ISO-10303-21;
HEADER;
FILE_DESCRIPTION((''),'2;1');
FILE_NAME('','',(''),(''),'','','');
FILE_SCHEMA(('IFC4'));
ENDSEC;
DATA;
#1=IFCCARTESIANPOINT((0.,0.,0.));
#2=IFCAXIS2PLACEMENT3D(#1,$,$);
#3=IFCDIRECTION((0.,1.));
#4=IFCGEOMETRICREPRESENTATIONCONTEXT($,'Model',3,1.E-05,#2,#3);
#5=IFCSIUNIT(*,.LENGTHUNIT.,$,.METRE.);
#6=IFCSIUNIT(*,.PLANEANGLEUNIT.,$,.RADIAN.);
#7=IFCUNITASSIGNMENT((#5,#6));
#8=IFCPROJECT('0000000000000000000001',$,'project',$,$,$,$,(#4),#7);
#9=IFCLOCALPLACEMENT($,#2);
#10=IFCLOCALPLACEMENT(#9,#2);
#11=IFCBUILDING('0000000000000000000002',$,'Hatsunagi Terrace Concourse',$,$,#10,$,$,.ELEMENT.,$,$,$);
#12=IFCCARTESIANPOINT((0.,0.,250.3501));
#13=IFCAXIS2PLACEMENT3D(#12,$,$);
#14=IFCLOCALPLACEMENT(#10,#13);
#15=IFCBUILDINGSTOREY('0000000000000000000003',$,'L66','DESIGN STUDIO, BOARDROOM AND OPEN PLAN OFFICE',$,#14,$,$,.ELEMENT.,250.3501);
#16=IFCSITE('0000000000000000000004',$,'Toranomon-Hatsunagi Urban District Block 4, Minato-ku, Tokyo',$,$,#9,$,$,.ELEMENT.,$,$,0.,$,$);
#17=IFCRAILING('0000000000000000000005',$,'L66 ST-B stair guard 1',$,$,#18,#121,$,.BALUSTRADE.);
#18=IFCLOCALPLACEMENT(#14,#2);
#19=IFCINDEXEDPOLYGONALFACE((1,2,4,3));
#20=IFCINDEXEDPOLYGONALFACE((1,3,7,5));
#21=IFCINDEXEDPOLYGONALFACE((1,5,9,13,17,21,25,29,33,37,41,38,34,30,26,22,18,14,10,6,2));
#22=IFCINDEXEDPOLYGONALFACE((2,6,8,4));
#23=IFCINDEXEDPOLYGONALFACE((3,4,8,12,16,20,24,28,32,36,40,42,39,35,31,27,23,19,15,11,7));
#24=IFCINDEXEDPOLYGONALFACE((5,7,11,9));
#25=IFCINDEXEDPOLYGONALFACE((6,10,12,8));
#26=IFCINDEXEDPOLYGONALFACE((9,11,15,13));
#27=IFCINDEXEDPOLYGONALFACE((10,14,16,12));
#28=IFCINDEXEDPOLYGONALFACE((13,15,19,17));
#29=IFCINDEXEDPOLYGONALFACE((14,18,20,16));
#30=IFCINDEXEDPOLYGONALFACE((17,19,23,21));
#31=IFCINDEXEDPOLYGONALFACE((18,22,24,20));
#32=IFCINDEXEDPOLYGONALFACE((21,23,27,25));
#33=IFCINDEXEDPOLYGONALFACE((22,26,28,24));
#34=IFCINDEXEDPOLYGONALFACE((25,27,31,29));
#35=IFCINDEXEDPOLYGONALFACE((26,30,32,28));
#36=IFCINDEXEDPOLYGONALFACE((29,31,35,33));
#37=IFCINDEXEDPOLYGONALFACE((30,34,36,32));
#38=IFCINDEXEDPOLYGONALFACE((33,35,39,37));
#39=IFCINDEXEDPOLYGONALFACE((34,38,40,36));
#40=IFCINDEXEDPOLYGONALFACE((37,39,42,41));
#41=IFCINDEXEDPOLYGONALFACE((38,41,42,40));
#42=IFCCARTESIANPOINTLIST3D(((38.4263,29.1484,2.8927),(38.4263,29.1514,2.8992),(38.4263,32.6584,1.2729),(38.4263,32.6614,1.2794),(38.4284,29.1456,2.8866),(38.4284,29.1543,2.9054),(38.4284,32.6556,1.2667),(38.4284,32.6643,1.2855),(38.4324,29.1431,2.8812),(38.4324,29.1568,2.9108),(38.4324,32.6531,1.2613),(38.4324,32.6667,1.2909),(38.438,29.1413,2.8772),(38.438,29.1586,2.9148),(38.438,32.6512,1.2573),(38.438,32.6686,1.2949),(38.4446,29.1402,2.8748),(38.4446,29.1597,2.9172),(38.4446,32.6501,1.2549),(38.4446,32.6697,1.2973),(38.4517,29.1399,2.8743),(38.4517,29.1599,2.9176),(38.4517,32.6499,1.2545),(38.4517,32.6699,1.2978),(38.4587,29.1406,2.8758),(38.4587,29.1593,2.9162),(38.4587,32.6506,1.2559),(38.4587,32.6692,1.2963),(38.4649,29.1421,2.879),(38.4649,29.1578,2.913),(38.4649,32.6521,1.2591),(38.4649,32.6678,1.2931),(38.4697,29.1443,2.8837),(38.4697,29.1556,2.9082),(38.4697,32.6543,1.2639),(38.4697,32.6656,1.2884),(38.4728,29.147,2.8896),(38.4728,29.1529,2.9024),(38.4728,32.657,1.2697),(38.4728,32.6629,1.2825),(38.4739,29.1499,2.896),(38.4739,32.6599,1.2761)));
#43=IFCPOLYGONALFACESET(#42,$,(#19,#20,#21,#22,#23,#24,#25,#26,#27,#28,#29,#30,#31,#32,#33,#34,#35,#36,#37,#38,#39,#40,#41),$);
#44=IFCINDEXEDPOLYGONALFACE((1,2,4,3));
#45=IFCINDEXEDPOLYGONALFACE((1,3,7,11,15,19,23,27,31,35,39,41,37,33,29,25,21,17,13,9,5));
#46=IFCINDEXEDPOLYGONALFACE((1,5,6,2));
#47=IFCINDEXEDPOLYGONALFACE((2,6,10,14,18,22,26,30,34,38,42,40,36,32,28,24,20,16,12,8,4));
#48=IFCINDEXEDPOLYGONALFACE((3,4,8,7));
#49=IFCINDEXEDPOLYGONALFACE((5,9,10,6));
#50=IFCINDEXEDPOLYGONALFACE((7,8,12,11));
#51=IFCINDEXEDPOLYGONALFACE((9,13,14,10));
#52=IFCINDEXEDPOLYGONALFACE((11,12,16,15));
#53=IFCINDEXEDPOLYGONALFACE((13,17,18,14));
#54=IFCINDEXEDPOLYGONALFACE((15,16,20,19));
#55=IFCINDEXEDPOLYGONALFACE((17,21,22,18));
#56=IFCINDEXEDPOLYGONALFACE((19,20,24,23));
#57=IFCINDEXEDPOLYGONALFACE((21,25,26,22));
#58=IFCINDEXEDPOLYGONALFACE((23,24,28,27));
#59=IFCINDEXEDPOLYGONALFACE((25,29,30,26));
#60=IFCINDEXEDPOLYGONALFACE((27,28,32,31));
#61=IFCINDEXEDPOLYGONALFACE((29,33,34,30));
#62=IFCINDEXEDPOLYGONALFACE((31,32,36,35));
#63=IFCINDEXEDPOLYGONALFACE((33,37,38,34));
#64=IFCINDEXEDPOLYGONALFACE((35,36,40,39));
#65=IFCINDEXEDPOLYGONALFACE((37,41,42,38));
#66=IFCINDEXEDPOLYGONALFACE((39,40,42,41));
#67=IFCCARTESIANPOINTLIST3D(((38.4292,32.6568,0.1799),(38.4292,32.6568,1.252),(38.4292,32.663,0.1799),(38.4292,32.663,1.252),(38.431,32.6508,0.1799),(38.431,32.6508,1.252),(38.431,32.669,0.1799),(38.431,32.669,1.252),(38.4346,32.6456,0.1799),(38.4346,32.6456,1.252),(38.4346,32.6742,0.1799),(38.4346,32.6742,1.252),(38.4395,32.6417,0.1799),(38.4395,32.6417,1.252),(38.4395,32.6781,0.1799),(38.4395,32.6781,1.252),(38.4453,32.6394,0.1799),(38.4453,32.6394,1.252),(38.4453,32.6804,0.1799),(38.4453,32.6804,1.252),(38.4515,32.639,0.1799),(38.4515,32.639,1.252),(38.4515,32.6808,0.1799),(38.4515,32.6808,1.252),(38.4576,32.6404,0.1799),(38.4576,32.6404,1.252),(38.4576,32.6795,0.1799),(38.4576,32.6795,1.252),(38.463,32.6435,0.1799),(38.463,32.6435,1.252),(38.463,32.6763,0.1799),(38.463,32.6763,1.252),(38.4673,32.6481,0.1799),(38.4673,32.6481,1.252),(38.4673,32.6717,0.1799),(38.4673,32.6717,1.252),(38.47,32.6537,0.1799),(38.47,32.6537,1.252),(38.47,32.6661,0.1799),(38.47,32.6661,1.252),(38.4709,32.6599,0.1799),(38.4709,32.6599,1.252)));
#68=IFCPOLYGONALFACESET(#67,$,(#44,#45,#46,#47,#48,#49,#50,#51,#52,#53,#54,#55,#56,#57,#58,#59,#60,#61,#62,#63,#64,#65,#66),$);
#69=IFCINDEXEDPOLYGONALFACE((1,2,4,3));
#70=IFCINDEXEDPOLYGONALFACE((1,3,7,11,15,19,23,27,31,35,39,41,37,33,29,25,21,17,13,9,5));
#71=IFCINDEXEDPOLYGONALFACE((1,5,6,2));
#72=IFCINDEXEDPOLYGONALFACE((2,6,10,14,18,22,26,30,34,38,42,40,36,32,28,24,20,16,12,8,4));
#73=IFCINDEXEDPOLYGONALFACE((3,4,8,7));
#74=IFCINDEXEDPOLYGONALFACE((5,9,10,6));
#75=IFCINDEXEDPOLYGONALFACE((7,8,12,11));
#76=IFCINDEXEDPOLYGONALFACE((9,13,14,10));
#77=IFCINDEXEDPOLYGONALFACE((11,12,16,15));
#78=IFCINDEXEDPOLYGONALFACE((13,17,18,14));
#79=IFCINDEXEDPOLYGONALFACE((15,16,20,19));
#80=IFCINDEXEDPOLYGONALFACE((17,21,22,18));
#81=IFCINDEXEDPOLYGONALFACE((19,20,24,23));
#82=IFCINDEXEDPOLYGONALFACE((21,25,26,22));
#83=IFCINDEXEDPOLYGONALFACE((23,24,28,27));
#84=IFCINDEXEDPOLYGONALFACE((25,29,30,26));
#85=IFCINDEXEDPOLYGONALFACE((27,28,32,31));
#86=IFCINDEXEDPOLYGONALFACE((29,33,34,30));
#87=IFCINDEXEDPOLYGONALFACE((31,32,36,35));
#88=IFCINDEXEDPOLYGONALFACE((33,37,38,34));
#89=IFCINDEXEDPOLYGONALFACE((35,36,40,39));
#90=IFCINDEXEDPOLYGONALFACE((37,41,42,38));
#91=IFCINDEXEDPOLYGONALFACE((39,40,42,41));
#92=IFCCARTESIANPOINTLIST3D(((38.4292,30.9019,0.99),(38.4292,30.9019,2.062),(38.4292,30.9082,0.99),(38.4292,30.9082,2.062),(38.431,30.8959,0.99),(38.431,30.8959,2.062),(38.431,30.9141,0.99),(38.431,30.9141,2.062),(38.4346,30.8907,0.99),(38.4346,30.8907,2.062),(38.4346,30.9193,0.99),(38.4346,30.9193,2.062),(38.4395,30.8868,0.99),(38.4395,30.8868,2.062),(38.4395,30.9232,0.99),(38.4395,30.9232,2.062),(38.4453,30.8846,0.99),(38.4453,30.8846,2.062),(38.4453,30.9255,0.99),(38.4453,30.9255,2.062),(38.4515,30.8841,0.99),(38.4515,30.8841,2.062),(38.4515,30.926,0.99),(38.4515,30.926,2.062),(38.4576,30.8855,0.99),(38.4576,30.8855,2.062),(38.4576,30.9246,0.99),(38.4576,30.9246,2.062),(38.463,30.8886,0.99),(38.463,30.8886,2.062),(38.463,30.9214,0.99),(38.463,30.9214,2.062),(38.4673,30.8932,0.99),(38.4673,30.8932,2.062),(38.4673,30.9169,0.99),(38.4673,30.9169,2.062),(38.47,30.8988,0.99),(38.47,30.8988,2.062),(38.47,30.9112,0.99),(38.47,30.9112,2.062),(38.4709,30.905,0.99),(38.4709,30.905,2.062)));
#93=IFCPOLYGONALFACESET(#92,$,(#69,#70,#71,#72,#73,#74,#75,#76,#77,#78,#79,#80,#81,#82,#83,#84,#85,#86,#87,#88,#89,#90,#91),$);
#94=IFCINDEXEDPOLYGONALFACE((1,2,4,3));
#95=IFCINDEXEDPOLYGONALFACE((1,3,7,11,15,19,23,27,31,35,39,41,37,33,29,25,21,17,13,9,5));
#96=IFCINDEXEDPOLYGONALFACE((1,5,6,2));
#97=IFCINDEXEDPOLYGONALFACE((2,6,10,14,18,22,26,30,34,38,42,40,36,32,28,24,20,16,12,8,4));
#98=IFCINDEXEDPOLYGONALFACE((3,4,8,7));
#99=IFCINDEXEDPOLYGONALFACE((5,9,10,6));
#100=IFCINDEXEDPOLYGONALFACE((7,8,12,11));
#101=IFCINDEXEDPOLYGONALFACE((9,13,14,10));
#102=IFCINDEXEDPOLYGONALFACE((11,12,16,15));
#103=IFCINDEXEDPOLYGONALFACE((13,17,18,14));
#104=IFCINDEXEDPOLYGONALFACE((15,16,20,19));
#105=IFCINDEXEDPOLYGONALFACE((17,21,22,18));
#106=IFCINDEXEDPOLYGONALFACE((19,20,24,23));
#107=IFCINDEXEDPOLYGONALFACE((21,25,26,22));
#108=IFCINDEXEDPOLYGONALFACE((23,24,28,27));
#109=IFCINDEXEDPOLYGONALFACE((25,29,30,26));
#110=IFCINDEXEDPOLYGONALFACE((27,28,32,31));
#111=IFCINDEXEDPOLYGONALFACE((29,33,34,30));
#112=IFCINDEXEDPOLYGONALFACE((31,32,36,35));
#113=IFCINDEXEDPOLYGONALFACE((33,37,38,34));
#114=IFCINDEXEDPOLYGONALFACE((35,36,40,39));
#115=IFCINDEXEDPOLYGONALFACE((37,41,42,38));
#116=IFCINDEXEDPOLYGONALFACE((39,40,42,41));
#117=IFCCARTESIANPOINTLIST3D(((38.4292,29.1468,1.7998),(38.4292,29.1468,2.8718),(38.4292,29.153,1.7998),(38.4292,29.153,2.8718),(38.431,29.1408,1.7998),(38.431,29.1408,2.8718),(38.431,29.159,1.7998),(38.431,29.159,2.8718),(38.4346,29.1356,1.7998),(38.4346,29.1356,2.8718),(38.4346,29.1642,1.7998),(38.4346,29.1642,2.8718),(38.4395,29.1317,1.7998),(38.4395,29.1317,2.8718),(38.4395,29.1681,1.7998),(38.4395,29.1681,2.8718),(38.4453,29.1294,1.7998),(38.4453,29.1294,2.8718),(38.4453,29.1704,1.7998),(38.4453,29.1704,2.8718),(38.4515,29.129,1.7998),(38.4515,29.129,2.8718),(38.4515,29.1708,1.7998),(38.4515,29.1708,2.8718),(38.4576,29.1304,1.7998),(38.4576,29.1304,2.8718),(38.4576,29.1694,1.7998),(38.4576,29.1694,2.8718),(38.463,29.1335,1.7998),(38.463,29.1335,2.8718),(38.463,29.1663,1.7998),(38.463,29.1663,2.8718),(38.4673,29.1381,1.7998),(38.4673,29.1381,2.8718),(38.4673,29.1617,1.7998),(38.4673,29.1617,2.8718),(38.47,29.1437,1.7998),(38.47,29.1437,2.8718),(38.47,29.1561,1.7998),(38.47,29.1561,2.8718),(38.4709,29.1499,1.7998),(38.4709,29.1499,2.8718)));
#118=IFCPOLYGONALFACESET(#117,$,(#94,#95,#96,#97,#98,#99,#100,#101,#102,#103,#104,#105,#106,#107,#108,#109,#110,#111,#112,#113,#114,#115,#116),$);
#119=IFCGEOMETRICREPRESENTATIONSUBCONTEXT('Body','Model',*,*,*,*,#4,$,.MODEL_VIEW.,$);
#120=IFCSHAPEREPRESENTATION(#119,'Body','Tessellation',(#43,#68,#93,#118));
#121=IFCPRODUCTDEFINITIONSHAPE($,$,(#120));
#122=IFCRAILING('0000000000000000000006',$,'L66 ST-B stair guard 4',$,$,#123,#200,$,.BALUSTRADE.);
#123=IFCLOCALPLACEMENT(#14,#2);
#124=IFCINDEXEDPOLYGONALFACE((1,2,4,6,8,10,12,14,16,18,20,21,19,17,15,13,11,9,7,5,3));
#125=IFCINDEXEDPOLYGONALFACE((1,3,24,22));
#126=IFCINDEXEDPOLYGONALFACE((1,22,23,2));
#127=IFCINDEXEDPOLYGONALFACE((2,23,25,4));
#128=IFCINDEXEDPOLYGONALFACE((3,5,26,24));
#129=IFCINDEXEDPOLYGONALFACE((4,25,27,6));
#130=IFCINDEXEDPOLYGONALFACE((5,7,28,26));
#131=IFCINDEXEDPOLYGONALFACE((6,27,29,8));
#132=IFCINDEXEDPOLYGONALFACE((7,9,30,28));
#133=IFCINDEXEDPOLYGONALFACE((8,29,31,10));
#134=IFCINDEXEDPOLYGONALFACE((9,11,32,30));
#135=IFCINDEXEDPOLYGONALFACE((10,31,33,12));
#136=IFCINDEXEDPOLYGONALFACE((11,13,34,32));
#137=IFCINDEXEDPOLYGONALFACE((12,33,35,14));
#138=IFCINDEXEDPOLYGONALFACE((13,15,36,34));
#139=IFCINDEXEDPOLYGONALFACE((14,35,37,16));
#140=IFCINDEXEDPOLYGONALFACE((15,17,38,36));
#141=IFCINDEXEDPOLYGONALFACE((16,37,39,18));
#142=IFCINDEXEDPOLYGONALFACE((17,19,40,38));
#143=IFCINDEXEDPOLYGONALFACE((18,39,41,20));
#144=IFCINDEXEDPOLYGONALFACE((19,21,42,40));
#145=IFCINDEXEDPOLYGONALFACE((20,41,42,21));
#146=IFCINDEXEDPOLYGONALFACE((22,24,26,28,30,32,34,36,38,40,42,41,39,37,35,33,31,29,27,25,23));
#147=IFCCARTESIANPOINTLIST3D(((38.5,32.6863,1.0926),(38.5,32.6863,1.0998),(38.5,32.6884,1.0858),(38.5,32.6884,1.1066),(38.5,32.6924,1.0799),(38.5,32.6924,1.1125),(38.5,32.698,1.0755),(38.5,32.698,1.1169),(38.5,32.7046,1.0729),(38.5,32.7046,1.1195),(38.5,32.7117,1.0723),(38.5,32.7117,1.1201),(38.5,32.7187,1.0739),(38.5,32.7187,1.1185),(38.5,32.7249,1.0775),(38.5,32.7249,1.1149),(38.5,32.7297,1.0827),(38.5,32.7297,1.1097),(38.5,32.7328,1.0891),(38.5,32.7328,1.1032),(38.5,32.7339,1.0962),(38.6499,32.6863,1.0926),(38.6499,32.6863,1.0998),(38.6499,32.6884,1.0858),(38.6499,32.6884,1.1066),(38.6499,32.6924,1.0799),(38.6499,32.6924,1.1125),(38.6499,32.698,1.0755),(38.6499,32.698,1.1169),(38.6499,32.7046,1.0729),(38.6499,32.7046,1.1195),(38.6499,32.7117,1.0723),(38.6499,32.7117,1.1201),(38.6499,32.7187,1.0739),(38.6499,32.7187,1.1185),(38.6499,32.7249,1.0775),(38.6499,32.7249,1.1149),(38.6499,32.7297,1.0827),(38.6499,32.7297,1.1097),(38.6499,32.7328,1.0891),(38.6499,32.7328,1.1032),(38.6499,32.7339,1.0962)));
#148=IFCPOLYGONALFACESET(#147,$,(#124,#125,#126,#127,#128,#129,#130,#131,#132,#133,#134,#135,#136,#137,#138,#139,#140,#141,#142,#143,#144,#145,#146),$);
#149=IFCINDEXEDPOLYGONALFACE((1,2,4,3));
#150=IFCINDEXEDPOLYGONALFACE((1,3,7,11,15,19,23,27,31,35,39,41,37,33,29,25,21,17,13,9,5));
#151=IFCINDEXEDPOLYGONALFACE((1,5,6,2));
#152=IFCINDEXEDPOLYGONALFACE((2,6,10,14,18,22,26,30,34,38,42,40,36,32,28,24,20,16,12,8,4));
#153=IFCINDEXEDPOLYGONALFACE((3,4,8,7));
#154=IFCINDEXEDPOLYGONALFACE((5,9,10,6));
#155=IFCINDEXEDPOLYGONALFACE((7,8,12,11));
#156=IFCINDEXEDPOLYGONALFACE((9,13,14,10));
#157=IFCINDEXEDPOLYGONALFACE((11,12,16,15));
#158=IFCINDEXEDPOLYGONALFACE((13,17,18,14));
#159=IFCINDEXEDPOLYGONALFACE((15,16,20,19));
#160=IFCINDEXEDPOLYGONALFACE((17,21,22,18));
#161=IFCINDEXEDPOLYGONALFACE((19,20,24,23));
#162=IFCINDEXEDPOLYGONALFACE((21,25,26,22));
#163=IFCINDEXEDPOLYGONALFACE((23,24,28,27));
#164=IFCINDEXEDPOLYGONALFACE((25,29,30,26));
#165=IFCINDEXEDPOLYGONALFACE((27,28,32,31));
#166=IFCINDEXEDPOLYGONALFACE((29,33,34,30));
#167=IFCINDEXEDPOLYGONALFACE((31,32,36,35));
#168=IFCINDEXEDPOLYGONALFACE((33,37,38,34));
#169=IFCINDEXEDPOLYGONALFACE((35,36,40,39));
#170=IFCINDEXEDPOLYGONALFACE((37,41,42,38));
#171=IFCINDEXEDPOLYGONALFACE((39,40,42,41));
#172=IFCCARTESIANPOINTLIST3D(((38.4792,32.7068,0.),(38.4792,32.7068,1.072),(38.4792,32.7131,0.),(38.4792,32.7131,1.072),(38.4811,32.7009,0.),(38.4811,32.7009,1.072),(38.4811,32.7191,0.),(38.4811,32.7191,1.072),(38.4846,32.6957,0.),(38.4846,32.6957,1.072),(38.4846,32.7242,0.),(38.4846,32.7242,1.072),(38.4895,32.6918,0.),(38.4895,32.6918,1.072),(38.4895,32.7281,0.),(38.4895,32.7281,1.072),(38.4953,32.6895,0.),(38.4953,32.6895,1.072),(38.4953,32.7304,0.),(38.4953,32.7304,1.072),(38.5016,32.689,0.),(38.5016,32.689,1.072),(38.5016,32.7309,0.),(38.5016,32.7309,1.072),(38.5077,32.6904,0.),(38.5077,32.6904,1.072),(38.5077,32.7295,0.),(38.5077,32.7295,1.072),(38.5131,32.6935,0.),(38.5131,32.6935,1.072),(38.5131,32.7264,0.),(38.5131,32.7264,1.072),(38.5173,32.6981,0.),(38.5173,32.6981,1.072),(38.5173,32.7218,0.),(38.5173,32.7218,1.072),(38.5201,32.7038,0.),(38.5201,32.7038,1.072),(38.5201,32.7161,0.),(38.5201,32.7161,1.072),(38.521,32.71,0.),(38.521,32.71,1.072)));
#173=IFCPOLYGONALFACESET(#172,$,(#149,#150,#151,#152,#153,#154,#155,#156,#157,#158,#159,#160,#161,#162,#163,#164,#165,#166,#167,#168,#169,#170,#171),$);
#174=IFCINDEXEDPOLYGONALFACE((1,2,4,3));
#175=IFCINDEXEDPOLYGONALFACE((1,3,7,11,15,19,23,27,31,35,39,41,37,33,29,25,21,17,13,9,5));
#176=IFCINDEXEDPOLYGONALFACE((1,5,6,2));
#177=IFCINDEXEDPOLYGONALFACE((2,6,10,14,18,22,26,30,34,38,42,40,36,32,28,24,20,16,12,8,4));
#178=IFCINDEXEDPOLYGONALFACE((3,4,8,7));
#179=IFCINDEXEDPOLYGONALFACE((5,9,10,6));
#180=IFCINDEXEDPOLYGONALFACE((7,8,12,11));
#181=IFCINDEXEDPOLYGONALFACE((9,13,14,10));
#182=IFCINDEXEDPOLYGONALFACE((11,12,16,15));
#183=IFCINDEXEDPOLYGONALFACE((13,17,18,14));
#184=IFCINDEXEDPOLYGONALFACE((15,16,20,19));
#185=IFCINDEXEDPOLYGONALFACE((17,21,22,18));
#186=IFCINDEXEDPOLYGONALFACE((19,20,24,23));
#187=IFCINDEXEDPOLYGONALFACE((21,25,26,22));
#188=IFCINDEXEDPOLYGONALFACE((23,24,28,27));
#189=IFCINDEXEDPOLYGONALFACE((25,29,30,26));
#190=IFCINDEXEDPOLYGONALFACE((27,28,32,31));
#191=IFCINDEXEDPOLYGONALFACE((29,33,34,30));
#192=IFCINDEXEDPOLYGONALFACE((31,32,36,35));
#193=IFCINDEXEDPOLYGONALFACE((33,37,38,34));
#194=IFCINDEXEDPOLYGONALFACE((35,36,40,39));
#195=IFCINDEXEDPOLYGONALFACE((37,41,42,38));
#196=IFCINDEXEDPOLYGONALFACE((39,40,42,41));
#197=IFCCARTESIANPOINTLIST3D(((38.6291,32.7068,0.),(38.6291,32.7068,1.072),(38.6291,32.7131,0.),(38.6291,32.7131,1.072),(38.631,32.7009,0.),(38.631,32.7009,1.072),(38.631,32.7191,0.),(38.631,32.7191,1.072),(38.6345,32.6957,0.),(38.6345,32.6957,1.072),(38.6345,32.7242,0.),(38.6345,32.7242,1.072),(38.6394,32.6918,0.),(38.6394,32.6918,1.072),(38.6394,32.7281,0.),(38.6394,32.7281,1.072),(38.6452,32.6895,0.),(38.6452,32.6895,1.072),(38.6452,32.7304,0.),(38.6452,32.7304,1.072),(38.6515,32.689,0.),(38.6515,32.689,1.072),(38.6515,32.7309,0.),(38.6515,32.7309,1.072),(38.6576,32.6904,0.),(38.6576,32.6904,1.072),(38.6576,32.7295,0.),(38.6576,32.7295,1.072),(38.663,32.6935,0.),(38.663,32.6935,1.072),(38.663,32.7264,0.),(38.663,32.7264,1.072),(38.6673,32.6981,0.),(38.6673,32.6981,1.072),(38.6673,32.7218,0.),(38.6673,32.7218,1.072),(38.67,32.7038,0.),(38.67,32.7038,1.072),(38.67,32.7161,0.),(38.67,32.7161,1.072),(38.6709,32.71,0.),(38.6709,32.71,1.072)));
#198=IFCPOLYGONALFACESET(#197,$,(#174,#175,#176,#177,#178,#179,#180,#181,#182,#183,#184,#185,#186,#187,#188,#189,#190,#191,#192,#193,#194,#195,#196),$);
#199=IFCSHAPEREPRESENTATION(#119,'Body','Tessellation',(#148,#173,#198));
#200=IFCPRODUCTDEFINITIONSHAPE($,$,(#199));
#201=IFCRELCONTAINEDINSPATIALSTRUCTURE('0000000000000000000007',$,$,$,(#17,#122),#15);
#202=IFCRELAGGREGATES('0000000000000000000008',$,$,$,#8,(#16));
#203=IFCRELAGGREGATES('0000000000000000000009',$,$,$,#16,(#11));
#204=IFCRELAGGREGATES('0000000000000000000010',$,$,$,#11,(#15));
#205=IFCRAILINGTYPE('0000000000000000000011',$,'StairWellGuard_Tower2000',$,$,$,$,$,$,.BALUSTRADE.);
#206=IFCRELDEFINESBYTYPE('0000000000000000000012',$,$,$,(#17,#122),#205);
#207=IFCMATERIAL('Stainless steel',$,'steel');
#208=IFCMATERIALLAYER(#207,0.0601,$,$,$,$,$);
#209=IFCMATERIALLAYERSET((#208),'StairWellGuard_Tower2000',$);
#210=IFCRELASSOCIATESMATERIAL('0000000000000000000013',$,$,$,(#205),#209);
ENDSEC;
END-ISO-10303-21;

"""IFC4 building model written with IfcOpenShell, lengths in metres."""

from ifc_helpers import new_model, si_unit, direction, frame, origin, origin_2d, place, context, subcontext, project, spatial, circle, extrude, material, layer, layer_set, type_object, element, save


model = new_model("IFC4")

# Units and contexts
model_context = context("Model", 3, precision=1e-05, world=origin(), true_north=direction((0.0, 1.0)))
body_context = subcontext(model_context, "Body", "Model", "MODEL_VIEW")
ifc_project = project(units=[si_unit("LENGTHUNIT", "METRE"), si_unit("PLANEANGLEUNIT", "RADIAN")], contexts=[model_context])

# Site, building, storey
site_placement = place(None, origin())
site = spatial("IfcSite", under=ifc_project, at=site_placement, Name="Toranomon-Hatsunagi Urban District Block 4, Minato-ku, Tokyo", CompositionType="ELEMENT", RefElevation=0.0)
building_placement = place(site_placement, origin())
building = spatial("IfcBuilding", under=site, at=building_placement, Name="Hatsunagi Terrace Concourse", CompositionType="ELEMENT")
storey_placement = place(building_placement, frame((0.0, 0.0, 250.3501)))
storey = spatial("IfcBuildingStorey", under=building, at=storey_placement, Name="L66", Description="DESIGN STUDIO, BOARDROOM AND OPEN PLAN OFFICE", CompositionType="ELEMENT", Elevation=250.3501)

# Railings
ifc_material_1 = material(Name="Stainless steel", Category="steel")
ifc_layer_1 = layer(ifc_material_1, 0.0601)
ifc_layer_set_1 = layer_set([ifc_layer_1], Name="StairWellGuard_Tower2000")
railing_type_1 = type_object("IfcRailingType", Name="StairWellGuard_Tower2000", PredefinedType="BALUSTRADE", material=ifc_layer_set_1)
railing_1_placement = place(storey_placement, frame((38.45, 32.6599, 0.1799)))
element("IfcRailing", 1, at=railing_1_placement, inside=storey, type_object=railing_type_1, Name="L66 ST-B stair guard 1", PredefinedType="BALUSTRADE", context=body_context, shape_type="SweptSolid", body=[
    extrude(circle(Radius=0.0239, at=origin_2d()), frame((0.0, 0.0, 1.0962), z_axis=(0.0, -0.907972, 0.41903), x_axis=(1.0, 0.0, 0.0)), (0.0, 0.0, 1.0), 3.8657),
    extrude(circle(Radius=0.021, at=origin_2d()), origin(), (0.0, 0.0, 1.0), 1.072),
    extrude(circle(Radius=0.021, at=origin_2d()), frame((0.0, -1.7549, 0.8101)), (0.0, 0.0, 1.0), 1.072),
    extrude(circle(Radius=0.021, at=origin_2d()), frame((0.0, -3.51, 1.6199)), (0.0, 0.0, 1.0), 1.072),
])
railing_2_placement = place(storey_placement, frame((38.5, 32.71, 0.0)))
element("IfcRailing", 2, at=railing_2_placement, inside=storey, type_object=railing_type_1, Name="L66 ST-B stair guard 4", PredefinedType="BALUSTRADE", context=body_context, shape_type="SweptSolid", body=[
    extrude(circle(Radius=0.0239, at=origin_2d()), frame((0.0, 0.0, 1.0962), z_axis=(1.0, 0.0, 0.0), x_axis=(0.0, 1.0, 0.0)), (0.0, 0.0, 1.0), 0.1499),
    extrude(circle(Radius=0.021, at=origin_2d()), origin(), (0.0, 0.0, 1.0), 1.072),
    extrude(circle(Radius=0.021, at=origin_2d()), frame((0.1499, 0.0, 0.0)), (0.0, 0.0, 1.0), 1.072),
])

save(model, "model.ifc")
